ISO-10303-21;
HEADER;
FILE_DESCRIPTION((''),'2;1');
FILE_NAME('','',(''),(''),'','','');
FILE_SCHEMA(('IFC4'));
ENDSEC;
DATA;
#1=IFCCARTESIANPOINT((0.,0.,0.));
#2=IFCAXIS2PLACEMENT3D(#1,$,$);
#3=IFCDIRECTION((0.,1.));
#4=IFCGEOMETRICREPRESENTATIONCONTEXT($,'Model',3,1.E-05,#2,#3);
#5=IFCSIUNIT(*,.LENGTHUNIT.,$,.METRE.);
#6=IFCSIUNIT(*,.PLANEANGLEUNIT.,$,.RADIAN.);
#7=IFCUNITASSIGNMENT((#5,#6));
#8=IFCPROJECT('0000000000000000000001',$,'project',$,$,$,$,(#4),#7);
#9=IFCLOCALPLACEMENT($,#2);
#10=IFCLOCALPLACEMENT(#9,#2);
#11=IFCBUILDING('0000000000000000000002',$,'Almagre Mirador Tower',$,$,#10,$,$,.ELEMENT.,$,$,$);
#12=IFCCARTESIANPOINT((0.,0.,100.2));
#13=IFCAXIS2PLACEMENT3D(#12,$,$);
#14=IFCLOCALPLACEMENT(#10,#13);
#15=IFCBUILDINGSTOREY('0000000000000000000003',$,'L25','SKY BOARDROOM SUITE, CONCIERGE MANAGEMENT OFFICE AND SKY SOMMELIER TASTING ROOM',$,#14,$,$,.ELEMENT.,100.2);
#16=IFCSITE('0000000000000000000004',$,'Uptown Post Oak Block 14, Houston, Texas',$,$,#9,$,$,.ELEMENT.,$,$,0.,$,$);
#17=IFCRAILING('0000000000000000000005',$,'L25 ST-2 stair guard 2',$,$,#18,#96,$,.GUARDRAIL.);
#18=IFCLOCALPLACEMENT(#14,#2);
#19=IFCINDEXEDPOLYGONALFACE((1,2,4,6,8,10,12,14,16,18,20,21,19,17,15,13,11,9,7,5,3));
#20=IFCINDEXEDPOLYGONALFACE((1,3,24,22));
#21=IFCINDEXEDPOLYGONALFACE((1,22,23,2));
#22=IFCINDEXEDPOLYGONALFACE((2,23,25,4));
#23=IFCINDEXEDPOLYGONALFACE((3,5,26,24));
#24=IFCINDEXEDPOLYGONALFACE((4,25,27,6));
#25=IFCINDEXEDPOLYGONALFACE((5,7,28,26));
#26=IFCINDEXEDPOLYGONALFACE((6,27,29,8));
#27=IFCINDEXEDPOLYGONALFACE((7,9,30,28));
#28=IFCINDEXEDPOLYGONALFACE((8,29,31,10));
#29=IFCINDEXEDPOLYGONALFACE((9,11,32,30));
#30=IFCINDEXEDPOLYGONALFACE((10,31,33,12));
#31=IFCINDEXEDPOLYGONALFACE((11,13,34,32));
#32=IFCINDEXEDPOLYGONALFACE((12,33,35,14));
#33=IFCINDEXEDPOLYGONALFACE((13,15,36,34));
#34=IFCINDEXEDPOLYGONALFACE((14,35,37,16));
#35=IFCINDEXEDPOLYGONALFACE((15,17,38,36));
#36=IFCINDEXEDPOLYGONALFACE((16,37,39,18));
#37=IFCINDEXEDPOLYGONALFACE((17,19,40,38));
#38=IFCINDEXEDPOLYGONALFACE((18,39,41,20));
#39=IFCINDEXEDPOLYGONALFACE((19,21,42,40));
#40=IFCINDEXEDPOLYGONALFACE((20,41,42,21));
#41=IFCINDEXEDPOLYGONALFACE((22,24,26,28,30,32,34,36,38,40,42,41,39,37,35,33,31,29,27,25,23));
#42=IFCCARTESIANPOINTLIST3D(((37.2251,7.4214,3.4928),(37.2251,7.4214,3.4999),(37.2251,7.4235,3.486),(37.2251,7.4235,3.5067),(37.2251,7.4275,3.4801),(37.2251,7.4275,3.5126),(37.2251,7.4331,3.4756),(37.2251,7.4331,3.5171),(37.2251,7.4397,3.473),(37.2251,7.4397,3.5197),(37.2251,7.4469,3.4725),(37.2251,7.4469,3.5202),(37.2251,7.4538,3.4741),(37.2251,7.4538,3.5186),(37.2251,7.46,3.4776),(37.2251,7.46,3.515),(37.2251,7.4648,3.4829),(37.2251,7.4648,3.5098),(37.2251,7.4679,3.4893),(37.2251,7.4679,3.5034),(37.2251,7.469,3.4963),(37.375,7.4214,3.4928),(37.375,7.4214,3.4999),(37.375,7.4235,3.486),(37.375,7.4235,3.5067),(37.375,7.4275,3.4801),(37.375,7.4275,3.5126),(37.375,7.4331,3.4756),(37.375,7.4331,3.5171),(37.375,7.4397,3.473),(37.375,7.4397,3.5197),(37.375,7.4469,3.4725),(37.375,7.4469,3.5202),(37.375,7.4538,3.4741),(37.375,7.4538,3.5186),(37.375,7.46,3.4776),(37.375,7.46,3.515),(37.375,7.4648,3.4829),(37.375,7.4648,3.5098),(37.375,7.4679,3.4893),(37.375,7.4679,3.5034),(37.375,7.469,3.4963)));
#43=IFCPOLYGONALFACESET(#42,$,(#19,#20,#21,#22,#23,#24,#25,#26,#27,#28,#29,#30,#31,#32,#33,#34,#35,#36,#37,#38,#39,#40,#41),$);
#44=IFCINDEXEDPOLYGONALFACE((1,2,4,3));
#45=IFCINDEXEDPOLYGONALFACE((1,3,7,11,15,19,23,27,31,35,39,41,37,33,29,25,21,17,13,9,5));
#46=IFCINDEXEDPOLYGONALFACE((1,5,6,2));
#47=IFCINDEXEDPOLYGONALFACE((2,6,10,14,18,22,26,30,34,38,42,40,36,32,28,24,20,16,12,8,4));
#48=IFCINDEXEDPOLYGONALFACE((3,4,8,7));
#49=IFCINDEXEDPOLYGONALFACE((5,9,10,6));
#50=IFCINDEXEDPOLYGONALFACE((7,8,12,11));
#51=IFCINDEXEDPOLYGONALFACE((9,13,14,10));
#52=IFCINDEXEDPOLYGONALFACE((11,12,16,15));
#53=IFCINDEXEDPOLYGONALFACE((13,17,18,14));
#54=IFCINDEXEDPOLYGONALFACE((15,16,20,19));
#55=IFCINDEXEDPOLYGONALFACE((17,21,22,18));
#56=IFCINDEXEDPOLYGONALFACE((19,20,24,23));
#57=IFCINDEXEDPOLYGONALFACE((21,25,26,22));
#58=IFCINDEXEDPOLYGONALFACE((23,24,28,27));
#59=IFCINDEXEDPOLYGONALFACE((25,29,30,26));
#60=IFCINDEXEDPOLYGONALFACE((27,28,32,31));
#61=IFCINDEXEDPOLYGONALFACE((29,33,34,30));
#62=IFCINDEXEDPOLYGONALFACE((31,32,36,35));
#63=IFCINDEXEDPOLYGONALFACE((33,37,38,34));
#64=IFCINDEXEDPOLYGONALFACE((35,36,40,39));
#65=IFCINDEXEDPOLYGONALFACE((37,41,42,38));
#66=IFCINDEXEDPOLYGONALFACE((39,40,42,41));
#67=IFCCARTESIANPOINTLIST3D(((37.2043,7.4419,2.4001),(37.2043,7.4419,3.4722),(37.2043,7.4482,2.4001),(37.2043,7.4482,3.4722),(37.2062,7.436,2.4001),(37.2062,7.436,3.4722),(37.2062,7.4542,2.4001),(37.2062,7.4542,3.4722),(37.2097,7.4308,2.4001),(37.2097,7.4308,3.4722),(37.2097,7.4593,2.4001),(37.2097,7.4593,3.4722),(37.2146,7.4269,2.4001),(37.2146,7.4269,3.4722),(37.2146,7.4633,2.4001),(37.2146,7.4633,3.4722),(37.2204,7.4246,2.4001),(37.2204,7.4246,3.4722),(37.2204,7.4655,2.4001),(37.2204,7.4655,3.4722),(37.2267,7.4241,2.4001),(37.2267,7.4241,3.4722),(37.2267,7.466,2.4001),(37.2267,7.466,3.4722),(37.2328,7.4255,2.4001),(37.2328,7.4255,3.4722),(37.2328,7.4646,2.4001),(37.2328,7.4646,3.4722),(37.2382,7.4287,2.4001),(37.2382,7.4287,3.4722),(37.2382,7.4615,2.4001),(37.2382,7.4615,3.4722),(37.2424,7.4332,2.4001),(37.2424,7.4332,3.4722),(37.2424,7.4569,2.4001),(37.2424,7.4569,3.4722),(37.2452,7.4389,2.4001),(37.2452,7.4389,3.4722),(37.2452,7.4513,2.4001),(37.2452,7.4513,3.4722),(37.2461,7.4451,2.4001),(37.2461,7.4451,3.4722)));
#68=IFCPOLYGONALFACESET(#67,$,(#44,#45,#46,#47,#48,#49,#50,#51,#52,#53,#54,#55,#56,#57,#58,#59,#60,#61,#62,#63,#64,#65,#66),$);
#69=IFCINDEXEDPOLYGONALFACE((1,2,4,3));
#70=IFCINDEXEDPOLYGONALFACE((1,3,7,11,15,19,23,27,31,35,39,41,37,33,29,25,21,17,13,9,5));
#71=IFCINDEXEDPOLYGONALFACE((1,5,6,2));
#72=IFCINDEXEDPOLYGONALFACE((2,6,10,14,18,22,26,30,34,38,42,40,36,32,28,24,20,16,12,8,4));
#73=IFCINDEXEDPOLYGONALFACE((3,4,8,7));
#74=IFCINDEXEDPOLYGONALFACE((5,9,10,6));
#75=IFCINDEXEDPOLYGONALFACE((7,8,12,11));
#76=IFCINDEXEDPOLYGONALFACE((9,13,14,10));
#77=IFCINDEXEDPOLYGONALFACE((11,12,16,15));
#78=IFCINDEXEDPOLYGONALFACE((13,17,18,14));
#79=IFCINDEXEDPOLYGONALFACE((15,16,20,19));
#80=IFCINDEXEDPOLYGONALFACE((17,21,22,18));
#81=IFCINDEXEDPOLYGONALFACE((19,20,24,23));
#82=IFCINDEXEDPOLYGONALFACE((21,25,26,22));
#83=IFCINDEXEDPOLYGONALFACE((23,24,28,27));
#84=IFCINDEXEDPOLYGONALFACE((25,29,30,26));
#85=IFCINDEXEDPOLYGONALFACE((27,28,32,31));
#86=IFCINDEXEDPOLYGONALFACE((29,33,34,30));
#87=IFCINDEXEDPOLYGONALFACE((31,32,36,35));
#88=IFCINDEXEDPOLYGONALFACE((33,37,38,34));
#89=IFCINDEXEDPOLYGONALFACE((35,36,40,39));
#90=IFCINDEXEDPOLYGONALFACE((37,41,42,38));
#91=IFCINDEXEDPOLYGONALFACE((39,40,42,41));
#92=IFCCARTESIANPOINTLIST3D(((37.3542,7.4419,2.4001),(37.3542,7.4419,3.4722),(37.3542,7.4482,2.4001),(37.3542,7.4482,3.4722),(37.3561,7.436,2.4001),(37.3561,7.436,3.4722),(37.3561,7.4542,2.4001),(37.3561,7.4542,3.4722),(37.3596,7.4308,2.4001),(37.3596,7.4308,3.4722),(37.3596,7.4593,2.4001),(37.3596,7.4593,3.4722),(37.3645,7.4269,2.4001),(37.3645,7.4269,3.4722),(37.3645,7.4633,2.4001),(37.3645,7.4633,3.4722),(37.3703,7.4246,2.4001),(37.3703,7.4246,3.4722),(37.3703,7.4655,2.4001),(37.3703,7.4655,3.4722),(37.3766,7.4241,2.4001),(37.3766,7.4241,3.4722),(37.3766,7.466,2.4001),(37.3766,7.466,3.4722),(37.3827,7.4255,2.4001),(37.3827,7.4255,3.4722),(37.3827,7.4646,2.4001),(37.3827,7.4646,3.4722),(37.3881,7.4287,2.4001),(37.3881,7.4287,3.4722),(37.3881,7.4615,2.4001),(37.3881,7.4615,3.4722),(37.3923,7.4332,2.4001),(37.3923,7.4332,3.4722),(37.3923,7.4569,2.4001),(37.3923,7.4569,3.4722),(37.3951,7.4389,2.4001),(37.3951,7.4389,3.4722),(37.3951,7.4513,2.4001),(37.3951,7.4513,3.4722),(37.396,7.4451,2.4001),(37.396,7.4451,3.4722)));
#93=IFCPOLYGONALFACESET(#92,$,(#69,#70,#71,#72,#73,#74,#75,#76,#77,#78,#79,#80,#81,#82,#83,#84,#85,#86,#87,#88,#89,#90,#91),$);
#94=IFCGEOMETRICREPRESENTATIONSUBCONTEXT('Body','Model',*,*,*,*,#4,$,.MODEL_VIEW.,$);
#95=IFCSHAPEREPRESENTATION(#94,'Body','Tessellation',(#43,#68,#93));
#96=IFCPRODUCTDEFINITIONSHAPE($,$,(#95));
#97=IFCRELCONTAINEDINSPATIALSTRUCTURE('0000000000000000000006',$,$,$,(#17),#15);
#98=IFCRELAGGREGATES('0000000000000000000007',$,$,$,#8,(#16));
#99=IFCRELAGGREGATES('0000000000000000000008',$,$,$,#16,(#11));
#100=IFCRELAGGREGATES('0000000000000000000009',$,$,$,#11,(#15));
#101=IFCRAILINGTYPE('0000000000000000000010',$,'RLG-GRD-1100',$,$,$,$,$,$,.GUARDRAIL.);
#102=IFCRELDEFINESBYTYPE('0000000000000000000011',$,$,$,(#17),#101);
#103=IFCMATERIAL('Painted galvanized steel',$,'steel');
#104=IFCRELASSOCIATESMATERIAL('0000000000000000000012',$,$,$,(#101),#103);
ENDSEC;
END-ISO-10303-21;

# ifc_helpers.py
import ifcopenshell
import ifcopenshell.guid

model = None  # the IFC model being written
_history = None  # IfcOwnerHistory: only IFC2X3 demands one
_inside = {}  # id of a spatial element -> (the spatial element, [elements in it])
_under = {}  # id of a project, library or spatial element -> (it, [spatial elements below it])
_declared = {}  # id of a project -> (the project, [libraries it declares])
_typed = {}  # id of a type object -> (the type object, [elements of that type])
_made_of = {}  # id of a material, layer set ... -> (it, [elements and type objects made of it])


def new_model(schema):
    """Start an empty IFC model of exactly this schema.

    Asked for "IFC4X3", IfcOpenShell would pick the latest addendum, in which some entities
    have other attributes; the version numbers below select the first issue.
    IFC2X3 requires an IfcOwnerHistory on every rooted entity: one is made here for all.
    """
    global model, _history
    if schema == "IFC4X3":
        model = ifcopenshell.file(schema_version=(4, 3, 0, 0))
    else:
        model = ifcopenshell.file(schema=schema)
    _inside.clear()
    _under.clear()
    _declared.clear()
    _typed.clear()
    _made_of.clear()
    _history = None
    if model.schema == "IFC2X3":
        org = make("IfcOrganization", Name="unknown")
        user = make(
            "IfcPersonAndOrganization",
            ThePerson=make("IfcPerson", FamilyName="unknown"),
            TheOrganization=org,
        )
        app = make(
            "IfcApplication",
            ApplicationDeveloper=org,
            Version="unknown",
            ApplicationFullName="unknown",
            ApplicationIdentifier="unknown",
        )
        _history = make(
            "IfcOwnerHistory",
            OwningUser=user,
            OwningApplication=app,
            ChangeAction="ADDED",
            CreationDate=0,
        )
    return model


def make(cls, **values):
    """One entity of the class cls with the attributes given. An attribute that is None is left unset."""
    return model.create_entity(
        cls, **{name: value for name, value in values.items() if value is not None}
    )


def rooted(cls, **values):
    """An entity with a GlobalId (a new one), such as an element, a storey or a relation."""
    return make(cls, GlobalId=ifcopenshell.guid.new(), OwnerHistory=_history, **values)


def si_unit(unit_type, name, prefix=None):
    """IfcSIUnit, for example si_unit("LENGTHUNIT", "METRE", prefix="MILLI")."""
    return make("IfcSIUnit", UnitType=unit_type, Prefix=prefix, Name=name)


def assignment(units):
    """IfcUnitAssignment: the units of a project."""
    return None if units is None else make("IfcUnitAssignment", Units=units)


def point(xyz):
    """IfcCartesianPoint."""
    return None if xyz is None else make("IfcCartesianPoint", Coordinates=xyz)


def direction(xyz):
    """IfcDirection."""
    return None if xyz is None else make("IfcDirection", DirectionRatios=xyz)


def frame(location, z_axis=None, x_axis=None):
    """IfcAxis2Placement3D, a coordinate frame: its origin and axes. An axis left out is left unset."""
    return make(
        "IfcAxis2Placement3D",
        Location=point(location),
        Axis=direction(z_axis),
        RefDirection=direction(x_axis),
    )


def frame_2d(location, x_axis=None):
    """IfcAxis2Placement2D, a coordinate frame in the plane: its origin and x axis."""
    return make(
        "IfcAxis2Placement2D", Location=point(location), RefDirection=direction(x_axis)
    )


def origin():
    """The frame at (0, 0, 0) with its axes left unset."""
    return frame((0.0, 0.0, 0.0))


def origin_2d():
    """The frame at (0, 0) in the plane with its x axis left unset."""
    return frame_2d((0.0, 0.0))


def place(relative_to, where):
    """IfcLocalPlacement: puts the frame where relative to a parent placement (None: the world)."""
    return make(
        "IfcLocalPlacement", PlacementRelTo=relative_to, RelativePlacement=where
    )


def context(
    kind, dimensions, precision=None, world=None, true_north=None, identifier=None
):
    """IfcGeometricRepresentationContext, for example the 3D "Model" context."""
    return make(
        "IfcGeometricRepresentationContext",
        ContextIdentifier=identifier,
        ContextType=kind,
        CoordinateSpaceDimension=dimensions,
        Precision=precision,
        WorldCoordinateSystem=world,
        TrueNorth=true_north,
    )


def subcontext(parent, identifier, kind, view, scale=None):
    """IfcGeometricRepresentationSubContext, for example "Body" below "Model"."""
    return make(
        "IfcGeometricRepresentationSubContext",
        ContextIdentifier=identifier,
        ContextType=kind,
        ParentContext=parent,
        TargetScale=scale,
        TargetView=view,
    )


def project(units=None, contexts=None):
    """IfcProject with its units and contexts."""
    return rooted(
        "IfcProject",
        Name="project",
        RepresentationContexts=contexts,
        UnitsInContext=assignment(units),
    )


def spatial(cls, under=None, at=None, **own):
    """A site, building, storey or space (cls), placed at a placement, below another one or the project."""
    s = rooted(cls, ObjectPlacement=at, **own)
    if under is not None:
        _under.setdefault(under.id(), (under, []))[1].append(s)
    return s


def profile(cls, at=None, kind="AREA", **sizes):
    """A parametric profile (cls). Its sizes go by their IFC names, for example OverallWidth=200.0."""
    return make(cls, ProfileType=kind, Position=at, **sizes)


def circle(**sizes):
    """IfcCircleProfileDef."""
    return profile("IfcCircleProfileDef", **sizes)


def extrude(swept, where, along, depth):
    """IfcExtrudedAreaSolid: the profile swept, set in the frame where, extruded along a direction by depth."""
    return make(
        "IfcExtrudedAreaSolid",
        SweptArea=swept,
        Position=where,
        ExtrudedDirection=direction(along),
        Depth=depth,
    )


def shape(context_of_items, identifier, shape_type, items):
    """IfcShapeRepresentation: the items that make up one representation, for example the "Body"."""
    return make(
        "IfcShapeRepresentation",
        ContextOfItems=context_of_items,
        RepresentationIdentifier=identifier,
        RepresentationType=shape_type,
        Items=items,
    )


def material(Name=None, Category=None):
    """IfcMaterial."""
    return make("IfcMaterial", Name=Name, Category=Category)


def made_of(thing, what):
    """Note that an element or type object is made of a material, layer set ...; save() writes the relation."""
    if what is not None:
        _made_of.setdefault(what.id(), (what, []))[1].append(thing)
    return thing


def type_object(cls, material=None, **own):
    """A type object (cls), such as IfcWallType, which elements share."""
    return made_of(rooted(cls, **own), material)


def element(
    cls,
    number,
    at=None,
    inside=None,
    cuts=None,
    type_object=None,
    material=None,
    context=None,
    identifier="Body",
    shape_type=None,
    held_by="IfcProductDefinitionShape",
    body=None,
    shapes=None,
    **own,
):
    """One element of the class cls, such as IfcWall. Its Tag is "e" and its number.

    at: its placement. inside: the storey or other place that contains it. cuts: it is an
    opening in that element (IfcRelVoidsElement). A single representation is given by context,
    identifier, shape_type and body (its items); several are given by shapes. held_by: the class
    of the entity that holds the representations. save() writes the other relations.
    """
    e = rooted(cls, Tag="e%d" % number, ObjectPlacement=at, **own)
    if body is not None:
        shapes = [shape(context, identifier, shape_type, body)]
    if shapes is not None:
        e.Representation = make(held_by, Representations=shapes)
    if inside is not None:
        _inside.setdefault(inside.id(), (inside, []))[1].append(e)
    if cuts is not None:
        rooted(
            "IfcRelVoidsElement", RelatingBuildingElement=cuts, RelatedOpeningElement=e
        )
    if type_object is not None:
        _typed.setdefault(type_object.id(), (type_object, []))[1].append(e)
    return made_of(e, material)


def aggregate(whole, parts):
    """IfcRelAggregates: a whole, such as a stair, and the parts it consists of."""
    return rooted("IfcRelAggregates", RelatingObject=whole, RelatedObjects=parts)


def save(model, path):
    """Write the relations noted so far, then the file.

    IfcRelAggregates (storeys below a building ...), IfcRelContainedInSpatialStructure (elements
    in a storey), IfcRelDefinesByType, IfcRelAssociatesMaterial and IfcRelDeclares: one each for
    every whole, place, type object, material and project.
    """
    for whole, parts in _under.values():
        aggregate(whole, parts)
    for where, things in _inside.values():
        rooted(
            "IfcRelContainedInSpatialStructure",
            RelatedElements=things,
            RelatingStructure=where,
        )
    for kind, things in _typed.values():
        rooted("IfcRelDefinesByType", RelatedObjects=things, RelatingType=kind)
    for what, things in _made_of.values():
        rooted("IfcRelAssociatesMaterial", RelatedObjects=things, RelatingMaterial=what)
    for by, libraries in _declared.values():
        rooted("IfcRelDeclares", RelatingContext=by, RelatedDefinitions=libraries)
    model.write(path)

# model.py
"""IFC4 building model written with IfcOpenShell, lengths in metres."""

from ifc_helpers import new_model, si_unit, direction, frame, origin, origin_2d, place, context, subcontext, project, spatial, circle, extrude, material, type_object, element, save


model = new_model("IFC4")

# Units and contexts
model_context = context("Model", 3, precision=1e-05, world=origin(), true_north=direction((0.0, 1.0)))
body_context = subcontext(model_context, "Body", "Model", "MODEL_VIEW")
ifc_project = project(units=[si_unit("LENGTHUNIT", "METRE"), si_unit("PLANEANGLEUNIT", "RADIAN")], contexts=[model_context])

# Site, building, storey
site_placement = place(None, origin())
site = spatial("IfcSite", under=ifc_project, at=site_placement, Name="Uptown Post Oak Block 14, Houston, Texas", CompositionType="ELEMENT", RefElevation=0.0)
building_placement = place(site_placement, origin())
building = spatial("IfcBuilding", under=site, at=building_placement, Name="Almagre Mirador Tower", CompositionType="ELEMENT")
storey_placement = place(building_placement, frame((0.0, 0.0, 100.2)))
storey = spatial("IfcBuildingStorey", under=building, at=storey_placement, Name="L25", Description="SKY BOARDROOM SUITE, CONCIERGE MANAGEMENT OFFICE AND SKY SOMMELIER TASTING ROOM", CompositionType="ELEMENT", Elevation=100.2)

# Railing
ifc_material_1 = material(Name="Painted galvanized steel", Category="steel")
railing_type = type_object("IfcRailingType", Name="RLG-GRD-1100", PredefinedType="GUARDRAIL", material=ifc_material_1)
railing_1_placement = place(storey_placement, frame((37.2251, 7.4451, 2.4001)))
element("IfcRailing", 1, at=railing_1_placement, inside=storey, type_object=railing_type, Name="L25 ST-2 stair guard 2", PredefinedType="GUARDRAIL", context=body_context, shape_type="SweptSolid", body=[
    extrude(circle(Radius=0.0239, at=origin_2d()), frame((0.0, 0.0, 1.0962), z_axis=(1.0, 0.0, 0.0), x_axis=(0.0, 1.0, 0.0)), (0.0, 0.0, 1.0), 0.1499),
    extrude(circle(Radius=0.021, at=origin_2d()), origin(), (0.0, 0.0, 1.0), 1.072),
    extrude(circle(Radius=0.021, at=origin_2d()), frame((0.1499, 0.0, 0.0)), (0.0, 0.0, 1.0), 1.072),
])

save(model, "model.ifc")
